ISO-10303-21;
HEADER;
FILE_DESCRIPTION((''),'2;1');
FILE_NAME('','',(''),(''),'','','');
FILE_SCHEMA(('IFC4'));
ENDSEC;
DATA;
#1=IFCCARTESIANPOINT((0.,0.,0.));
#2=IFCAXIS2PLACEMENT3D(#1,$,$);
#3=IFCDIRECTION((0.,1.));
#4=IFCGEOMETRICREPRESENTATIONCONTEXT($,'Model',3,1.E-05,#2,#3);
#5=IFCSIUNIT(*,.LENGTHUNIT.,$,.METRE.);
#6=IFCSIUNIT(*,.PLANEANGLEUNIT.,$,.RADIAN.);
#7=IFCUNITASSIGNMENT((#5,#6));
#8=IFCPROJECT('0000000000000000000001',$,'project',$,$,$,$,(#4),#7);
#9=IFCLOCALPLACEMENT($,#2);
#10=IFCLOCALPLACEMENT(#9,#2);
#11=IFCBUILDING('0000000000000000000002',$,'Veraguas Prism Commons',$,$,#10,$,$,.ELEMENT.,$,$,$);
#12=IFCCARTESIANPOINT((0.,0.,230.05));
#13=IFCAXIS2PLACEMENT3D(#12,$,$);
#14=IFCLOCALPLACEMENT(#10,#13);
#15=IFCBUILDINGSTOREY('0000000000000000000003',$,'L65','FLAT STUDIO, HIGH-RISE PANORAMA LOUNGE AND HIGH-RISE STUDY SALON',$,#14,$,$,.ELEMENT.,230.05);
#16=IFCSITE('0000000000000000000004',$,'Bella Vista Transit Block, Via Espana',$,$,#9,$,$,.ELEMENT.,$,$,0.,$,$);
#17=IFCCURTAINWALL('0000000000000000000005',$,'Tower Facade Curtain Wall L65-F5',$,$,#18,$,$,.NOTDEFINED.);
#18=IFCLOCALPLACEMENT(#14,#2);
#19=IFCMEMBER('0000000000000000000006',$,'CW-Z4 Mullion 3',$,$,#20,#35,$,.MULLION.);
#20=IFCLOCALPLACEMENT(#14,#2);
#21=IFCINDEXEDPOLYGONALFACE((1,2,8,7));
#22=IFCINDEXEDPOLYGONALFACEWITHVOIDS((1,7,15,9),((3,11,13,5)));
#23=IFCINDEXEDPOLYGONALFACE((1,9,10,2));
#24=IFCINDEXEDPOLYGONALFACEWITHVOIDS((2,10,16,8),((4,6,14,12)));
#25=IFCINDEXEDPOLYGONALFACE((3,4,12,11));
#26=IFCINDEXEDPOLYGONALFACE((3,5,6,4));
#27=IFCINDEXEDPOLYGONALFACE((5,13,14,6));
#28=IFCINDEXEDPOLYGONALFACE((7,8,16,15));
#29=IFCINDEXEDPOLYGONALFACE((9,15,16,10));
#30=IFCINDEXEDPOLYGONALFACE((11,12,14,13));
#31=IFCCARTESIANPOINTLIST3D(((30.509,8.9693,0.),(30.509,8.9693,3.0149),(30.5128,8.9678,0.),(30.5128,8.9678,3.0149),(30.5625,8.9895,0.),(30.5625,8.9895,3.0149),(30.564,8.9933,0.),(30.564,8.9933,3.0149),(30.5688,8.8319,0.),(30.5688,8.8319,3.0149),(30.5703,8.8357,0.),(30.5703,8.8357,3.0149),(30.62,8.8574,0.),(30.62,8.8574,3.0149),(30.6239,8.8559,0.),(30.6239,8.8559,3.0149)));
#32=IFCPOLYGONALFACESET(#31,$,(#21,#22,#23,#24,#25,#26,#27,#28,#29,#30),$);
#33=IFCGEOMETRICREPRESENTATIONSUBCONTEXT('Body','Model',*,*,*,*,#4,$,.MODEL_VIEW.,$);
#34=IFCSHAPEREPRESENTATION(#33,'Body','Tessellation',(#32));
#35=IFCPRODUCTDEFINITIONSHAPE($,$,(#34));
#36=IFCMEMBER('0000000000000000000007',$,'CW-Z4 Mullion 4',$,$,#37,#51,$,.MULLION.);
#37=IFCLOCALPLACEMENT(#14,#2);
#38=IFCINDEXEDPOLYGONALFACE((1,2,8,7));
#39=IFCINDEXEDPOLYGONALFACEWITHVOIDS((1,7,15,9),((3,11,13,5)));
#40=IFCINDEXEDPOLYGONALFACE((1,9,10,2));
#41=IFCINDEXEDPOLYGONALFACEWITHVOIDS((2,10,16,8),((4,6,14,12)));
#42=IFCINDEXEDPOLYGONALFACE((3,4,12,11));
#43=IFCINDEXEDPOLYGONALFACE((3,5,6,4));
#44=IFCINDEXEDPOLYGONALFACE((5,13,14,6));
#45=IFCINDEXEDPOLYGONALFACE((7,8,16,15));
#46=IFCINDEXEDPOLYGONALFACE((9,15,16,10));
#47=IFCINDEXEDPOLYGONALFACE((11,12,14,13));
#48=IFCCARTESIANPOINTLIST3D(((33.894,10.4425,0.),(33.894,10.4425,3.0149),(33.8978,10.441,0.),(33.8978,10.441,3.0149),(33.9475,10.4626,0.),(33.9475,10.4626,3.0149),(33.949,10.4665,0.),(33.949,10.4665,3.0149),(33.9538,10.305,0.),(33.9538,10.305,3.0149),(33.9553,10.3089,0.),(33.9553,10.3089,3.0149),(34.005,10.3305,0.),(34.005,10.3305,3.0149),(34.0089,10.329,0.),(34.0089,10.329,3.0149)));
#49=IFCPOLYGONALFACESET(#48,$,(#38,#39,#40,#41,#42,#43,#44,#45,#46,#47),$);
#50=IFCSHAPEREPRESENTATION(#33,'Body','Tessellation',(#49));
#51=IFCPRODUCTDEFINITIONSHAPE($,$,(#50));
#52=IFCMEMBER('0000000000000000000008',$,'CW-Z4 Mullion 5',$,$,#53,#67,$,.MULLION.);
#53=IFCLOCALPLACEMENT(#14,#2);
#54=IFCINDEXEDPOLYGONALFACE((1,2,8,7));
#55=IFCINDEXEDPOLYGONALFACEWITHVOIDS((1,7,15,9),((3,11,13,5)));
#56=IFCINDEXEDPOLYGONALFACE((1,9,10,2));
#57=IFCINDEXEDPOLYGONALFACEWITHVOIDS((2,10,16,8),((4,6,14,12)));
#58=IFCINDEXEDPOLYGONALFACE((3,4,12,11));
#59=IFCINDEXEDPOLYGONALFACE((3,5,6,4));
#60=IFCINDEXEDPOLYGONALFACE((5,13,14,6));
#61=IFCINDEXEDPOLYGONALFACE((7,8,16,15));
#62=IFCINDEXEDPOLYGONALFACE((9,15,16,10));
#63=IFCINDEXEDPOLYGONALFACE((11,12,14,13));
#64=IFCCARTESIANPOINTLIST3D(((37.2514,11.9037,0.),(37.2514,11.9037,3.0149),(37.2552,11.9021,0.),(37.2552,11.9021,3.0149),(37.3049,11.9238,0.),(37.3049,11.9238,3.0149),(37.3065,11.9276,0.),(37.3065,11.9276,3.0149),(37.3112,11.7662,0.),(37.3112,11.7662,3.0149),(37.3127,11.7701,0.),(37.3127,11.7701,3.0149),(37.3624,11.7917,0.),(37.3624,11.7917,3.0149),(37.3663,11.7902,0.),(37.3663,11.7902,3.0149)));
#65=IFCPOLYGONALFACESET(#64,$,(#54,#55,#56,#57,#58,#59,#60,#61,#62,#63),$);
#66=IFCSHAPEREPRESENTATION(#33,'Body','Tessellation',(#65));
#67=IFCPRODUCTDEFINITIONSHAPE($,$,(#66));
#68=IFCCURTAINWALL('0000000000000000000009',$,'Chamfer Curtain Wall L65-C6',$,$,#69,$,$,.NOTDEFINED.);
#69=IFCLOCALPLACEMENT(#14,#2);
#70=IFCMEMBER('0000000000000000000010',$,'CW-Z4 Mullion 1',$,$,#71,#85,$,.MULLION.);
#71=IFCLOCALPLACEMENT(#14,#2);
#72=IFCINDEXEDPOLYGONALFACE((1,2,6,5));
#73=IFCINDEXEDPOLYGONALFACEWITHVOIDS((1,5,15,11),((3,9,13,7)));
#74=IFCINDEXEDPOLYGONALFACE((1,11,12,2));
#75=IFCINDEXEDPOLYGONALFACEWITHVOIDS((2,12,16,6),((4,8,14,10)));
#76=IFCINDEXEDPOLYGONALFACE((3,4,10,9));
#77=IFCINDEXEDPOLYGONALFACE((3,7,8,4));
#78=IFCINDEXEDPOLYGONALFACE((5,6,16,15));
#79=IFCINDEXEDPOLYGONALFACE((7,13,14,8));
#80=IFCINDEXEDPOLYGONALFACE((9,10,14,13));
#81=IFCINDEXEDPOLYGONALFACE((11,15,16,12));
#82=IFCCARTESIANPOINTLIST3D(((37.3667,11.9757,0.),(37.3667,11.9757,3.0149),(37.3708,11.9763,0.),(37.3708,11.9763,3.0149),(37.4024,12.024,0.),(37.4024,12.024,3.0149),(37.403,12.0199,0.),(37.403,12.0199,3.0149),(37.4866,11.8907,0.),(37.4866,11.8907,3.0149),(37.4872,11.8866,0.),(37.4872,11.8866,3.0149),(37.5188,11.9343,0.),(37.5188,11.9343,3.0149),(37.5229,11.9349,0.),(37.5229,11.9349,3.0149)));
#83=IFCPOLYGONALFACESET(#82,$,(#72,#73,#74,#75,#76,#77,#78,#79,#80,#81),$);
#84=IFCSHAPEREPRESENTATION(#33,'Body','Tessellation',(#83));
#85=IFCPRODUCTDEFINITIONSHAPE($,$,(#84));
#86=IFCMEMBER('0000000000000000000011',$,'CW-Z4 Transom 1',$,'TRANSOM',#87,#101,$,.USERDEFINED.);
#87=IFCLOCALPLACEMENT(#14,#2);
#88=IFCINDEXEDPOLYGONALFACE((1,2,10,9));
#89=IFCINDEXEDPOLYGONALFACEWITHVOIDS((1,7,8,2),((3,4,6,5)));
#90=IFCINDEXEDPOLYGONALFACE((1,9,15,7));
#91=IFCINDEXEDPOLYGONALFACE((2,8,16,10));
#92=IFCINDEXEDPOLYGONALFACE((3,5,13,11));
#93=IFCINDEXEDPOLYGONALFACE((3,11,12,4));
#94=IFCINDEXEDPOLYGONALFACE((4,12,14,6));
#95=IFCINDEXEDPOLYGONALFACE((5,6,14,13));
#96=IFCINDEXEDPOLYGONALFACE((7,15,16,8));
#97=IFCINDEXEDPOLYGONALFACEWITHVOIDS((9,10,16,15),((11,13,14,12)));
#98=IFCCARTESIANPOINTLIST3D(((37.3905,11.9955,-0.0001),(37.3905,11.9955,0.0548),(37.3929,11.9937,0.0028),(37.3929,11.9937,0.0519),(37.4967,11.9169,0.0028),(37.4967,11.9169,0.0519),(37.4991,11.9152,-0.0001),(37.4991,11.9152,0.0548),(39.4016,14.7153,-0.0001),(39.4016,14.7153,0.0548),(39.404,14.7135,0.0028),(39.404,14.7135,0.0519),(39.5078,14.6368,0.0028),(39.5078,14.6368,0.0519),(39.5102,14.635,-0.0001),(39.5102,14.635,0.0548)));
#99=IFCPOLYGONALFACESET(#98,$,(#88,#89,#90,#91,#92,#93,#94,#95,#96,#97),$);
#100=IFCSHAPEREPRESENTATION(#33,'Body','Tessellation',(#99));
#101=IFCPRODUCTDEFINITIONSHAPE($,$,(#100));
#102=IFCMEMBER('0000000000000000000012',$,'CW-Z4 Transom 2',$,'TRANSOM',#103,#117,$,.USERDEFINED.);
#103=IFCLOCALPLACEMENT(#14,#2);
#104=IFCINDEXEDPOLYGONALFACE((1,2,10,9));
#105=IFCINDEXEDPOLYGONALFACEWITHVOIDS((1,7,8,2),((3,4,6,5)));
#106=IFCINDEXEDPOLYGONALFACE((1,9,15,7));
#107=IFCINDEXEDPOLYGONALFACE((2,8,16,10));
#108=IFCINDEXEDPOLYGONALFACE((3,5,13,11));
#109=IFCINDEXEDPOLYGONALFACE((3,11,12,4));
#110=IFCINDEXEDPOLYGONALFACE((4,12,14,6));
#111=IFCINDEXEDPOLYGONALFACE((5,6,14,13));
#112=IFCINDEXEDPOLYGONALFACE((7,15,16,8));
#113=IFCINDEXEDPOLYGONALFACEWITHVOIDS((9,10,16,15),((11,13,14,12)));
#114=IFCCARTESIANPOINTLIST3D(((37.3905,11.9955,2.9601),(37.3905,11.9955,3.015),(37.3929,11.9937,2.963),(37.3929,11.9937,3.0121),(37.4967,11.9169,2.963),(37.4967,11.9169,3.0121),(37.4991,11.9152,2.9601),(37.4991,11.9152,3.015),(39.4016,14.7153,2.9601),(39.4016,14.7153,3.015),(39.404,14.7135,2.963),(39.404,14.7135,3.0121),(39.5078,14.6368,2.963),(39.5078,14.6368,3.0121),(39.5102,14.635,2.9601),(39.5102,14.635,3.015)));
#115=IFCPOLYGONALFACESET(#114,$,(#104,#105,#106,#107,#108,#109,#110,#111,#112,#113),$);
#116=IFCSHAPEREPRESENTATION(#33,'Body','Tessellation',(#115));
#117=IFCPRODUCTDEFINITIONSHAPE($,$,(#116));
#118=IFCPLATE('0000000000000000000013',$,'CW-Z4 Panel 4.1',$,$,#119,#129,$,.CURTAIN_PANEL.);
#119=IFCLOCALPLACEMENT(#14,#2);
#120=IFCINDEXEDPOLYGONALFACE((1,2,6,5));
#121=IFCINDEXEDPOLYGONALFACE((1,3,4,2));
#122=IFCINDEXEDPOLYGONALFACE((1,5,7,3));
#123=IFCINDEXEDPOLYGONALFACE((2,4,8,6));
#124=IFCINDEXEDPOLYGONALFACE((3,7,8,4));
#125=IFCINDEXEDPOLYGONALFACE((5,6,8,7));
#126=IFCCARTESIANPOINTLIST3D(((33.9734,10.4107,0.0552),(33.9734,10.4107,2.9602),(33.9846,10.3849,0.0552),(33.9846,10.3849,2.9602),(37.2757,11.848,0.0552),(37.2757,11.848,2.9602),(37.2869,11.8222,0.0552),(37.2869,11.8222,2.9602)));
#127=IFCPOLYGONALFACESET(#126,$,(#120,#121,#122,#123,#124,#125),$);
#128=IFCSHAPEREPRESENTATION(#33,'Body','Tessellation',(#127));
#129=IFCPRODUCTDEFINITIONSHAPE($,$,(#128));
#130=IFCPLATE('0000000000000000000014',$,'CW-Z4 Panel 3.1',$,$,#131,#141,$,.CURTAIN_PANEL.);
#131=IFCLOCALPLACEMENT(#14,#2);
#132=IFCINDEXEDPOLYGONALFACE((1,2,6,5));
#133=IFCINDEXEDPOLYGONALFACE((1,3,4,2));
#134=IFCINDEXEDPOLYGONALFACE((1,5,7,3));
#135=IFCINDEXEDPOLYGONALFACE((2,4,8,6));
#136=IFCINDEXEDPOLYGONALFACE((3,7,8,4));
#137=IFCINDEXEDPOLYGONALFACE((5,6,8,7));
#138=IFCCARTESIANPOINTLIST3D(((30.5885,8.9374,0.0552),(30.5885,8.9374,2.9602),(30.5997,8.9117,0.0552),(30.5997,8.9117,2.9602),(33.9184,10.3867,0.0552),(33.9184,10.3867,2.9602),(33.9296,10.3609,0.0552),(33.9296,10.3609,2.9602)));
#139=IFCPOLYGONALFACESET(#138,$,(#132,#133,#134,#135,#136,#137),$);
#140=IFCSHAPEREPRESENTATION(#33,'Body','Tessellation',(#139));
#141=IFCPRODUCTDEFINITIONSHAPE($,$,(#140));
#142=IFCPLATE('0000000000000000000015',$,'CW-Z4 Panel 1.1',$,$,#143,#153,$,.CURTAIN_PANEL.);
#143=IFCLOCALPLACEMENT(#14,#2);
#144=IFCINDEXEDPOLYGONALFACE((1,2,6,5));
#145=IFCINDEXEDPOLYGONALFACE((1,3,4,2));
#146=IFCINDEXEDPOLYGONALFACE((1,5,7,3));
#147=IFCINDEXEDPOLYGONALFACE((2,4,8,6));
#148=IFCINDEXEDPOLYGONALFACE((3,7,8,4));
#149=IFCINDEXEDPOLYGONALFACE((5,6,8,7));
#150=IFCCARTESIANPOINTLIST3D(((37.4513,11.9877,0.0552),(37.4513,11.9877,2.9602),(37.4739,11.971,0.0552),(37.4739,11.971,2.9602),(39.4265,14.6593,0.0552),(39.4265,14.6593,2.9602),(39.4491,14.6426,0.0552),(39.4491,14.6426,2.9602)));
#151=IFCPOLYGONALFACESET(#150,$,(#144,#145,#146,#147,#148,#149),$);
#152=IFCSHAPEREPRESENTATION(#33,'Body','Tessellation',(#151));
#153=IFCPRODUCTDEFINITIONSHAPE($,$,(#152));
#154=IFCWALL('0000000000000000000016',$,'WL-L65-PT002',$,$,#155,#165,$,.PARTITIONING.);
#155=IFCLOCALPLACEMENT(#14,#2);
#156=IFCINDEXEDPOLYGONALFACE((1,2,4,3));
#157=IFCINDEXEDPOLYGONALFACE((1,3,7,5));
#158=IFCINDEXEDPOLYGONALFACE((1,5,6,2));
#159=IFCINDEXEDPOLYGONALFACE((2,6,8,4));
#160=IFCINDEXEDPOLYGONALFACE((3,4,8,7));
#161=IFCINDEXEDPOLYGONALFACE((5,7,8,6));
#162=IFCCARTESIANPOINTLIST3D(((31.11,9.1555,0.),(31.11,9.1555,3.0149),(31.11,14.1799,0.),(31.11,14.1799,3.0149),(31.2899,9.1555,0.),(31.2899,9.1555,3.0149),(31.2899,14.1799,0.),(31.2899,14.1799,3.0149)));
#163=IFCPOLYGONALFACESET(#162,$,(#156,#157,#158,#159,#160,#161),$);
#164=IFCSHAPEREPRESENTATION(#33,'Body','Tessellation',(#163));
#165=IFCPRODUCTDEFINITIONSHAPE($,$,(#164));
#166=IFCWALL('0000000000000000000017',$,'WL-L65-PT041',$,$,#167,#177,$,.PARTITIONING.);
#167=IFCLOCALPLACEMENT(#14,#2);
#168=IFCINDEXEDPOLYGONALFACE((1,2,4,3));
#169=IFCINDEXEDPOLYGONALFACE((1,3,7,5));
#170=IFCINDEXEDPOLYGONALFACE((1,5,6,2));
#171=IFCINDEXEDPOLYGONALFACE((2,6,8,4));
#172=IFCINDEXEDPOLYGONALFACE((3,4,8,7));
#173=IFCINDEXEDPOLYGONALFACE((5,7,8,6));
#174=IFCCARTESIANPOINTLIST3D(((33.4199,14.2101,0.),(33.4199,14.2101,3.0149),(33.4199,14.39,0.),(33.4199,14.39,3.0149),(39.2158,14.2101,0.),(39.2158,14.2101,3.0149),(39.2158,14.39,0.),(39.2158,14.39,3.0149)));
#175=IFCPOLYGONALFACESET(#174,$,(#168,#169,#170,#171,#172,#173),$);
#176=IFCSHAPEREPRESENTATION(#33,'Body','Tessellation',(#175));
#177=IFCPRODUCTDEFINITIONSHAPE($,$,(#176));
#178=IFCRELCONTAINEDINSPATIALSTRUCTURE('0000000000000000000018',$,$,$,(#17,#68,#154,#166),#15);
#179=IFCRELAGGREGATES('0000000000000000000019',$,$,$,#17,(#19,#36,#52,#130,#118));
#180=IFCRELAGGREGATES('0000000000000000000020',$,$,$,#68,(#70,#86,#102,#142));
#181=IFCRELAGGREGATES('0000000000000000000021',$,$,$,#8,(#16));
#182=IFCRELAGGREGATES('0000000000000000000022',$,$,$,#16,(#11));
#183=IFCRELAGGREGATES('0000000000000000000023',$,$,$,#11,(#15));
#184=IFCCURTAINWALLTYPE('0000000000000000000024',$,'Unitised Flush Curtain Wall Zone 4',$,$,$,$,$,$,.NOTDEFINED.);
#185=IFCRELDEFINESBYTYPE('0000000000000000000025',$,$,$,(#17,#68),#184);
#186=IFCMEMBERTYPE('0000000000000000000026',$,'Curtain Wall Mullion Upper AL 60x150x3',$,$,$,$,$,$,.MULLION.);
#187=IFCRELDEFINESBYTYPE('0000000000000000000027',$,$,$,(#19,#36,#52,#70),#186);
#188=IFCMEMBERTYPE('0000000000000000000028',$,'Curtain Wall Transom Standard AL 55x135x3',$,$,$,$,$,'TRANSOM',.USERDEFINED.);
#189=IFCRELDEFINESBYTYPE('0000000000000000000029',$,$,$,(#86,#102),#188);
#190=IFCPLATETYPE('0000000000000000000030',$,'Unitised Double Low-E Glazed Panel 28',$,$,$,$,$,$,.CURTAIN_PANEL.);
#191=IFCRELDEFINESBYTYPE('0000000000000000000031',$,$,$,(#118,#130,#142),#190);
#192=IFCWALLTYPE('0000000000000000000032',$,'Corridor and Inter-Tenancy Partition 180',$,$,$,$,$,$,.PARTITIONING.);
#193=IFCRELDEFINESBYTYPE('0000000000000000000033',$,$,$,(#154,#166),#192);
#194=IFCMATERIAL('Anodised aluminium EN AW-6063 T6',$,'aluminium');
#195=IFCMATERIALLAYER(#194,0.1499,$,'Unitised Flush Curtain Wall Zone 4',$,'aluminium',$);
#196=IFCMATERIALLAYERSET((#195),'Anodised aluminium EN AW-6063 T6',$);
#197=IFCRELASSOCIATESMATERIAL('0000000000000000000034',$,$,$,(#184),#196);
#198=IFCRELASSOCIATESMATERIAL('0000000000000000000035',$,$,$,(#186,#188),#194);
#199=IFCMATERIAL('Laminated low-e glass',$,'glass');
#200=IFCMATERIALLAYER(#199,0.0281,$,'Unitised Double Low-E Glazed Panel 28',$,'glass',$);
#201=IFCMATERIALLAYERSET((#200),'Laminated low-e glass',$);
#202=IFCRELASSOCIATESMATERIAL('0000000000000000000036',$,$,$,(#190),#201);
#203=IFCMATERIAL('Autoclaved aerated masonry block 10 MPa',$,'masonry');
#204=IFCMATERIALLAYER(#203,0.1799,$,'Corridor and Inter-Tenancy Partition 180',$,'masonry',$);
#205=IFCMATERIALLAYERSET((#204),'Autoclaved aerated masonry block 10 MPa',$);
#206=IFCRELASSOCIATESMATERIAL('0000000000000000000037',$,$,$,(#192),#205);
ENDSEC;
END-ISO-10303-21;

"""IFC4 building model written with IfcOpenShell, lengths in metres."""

from ifc_helpers import new_model, si_unit, direction, frame, frame_2d, origin, origin_2d, place, context, subcontext, project, spatial, rectangle, hollow_rectangle, extrude, source, transform, mapped, material, layer, layer_set, material_profile, profile_set, type_object, element, aggregate, save


model = new_model("IFC4")

# Units and contexts
model_context = context("Model", 3, precision=1e-05, world=origin(), true_north=direction((0.0, 1.0)))
body_context = subcontext(model_context, "Body", "Model", "MODEL_VIEW")
ifc_project = project(units=[si_unit("LENGTHUNIT", "METRE"), si_unit("PLANEANGLEUNIT", "RADIAN")], contexts=[model_context])

# Site, building, storey
site_placement = place(None, origin())
site = spatial("IfcSite", under=ifc_project, at=site_placement, Name="Bella Vista Transit Block, Via Espana", CompositionType="ELEMENT", RefElevation=0.0)
building_placement = place(site_placement, origin())
building = spatial("IfcBuilding", under=site, at=building_placement, Name="Veraguas Prism Commons", CompositionType="ELEMENT")
storey_placement = place(building_placement, frame((0.0, 0.0, 230.05)))
storey = spatial("IfcBuildingStorey", under=building, at=storey_placement, Name="L65", Description="FLAT STUDIO, HIGH-RISE PANORAMA LOUNGE AND HIGH-RISE STUDY SALON", CompositionType="ELEMENT", Elevation=230.05)

# Curtain walls, members
ifc_material_1 = material(Name="Anodised aluminium EN AW-6063 T6", Category="aluminium")
ifc_layer_1 = layer(ifc_material_1, 0.1499, Name="Unitised Flush Curtain Wall Zone 4", Category="aluminium")
ifc_layer_set_1 = layer_set([ifc_layer_1], Name="Anodised aluminium EN AW-6063 T6")
curtain_wall_type = type_object("IfcCurtainWallType", Name="Unitised Flush Curtain Wall Zone 4", PredefinedType="NOTDEFINED", material=ifc_layer_set_1)
curtain_wall_1_placement = place(storey_placement, origin())
curtain_wall_1 = element("IfcCurtainWall", 1, at=curtain_wall_1_placement, inside=storey, type_object=curtain_wall_type, Name="Tower Facade Curtain Wall L65-F5", PredefinedType="NOTDEFINED")
ifc_material_profile_1 = material_profile(ifc_material_1, hollow_rectangle(XDim=0.0601, YDim=0.1499, WallThickness=0.0029, at=origin_2d()), Name="AL60X150X3")
ifc_profile_set_1 = profile_set([ifc_material_profile_1], Name="Anodised aluminium EN AW-6063 T6")
member_type_1 = type_object("IfcMemberType", Name="Curtain Wall Mullion Upper AL 60x150x3", PredefinedType="MULLION", material=ifc_profile_set_1)
shared_shape_1 = source(origin(), body_context, "Body", "SweptSolid", [
    extrude(hollow_rectangle(XDim=0.0601, YDim=0.1499, WallThickness=0.0029, at=origin_2d()), origin(), (0.0, 0.0, 1.0), 3.0149),
])
member_1_placement = place(storey_placement, frame((30.5664, 8.9126, 0.0), z_axis=(0.0, 0.0, 1.0), x_axis=(0.916919, 0.399074, 0.0)))
member_1 = element("IfcMember", 2, at=member_1_placement, type_object=member_type_1, Name="CW-Z4 Mullion 3", PredefinedType="MULLION", context=body_context, shape_type="MappedRepresentation", body=[
    mapped(shared_shape_1, transform((0.0, 0.0, 0.0), scale=1.0)),
])
member_2_placement = place(storey_placement, frame((33.9514, 10.3857, 0.0), z_axis=(0.0, 0.0, 1.0), x_axis=(0.916919, 0.399074, 0.0)))
member_2 = element("IfcMember", 3, at=member_2_placement, type_object=member_type_1, Name="CW-Z4 Mullion 4", PredefinedType="MULLION", context=body_context, shape_type="MappedRepresentation", body=[
    mapped(shared_shape_1, transform((0.0, 0.0, 0.0), scale=1.0)),
])
member_3_placement = place(storey_placement, frame((37.3088, 11.8469, 0.0), z_axis=(0.0, 0.0, 1.0), x_axis=(0.916919, 0.399074, 0.0)))
member_3 = element("IfcMember", 4, at=member_3_placement, type_object=member_type_1, Name="CW-Z4 Mullion 5", PredefinedType="MULLION", context=body_context, shape_type="MappedRepresentation", body=[
    mapped(shared_shape_1, transform((0.0, 0.0, 0.0), scale=1.0)),
])
curtain_wall_2_placement = place(storey_placement, origin())
curtain_wall_2 = element("IfcCurtainWall", 5, at=curtain_wall_2_placement, inside=storey, type_object=curtain_wall_type, Name="Chamfer Curtain Wall L65-C6", PredefinedType="NOTDEFINED")
member_4_placement = place(storey_placement, frame((37.4448, 11.9553, 0.0), z_axis=(0.0, 0.0, 1.0), x_axis=(0.594506, 0.804091, 0.0)))
member_4 = element("IfcMember", 6, at=member_4_placement, type_object=member_type_1, Name="CW-Z4 Mullion 1", PredefinedType="MULLION", context=body_context, shape_type="MappedRepresentation", body=[
    mapped(shared_shape_1, transform((0.0, 0.0, 0.0), scale=1.0)),
])
ifc_material_profile_2 = material_profile(ifc_material_1, hollow_rectangle(XDim=0.0549, YDim=0.135, WallThickness=0.0029, at=origin_2d()), Name="AL55X135X3")
ifc_profile_set_2 = profile_set([ifc_material_profile_2], Name="Anodised aluminium EN AW-6063 T6")
member_type_2 = type_object("IfcMemberType", Name="Curtain Wall Transom Standard AL 55x135x3", ElementType="TRANSOM", PredefinedType="USERDEFINED", material=ifc_profile_set_2)
shared_shape_2 = source(origin(), body_context, "Body", "SweptSolid", [
    extrude(hollow_rectangle(XDim=0.0549, YDim=0.135, WallThickness=0.0029, at=origin_2d()), origin(), (0.0, 0.0, 1.0), 3.3826),
])
member_5_placement = place(storey_placement, frame((37.4448, 11.9553, 0.0273), z_axis=(0.594535, 0.80407, 0.0), x_axis=(0.0, 0.0, 1.0)))
member_5 = element("IfcMember", 7, at=member_5_placement, type_object=member_type_2, Name="CW-Z4 Transom 1", ObjectType="TRANSOM", PredefinedType="USERDEFINED", context=body_context, shape_type="MappedRepresentation", body=[
    mapped(shared_shape_2, transform((0.0, 0.0, 0.0), scale=1.0)),
])
member_6_placement = place(storey_placement, frame((37.4448, 11.9553, 2.9875), z_axis=(0.594535, 0.80407, 0.0), x_axis=(0.0, 0.0, 1.0)))
member_6 = element("IfcMember", 8, at=member_6_placement, type_object=member_type_2, Name="CW-Z4 Transom 2", ObjectType="TRANSOM", PredefinedType="USERDEFINED", context=body_context, shape_type="MappedRepresentation", body=[
    mapped(shared_shape_2, transform((0.0, 0.0, 0.0), scale=1.0)),
])

# Plates
ifc_material_2 = material(Name="Laminated low-e glass", Category="glass")
ifc_layer_2 = layer(ifc_material_2, 0.0281, Name="Unitised Double Low-E Glazed Panel 28", Category="glass")
ifc_layer_set_2 = layer_set([ifc_layer_2], Name="Laminated low-e glass")
plate_type = type_object("IfcPlateType", Name="Unitised Double Low-E Glazed Panel 28", PredefinedType="CURTAIN_PANEL", material=ifc_layer_set_2)
shared_shape_3 = source(origin(), body_context, "Body", "SweptSolid", [
    extrude(rectangle(XDim=3.6016, YDim=0.0281, at=origin_2d()), origin(), (0.0, 0.0, 1.0), 2.905),
])
plate_1_placement = place(storey_placement, frame((35.6301, 11.1165, 0.0552), z_axis=(0.0, 0.0, 1.0), x_axis=(0.916919, 0.399074, 0.0)))
plate_1 = element("IfcPlate", 9, at=plate_1_placement, type_object=plate_type, Name="CW-Z4 Panel 4.1", PredefinedType="CURTAIN_PANEL", context=body_context, shape_type="MappedRepresentation", body=[
    mapped(shared_shape_3, transform((0.0, 0.0, 0.0), scale=1.0)),
])
shared_shape_4 = source(origin(), body_context, "Body", "SweptSolid", [
    extrude(rectangle(XDim=3.6316, YDim=0.0281, at=origin_2d()), origin(), (0.0, 0.0, 1.0), 2.905),
])
plate_2_placement = place(storey_placement, frame((32.259, 9.6492, 0.0552), z_axis=(0.0, 0.0, 1.0), x_axis=(0.916919, 0.399074, 0.0)))
plate_2 = element("IfcPlate", 10, at=plate_2_placement, type_object=plate_type, Name="CW-Z4 Panel 3.1", PredefinedType="CURTAIN_PANEL", context=body_context, shape_type="MappedRepresentation", body=[
    mapped(shared_shape_4, transform((0.0, 0.0, 0.0), scale=1.0)),
])
aggregate(curtain_wall_1, [member_1, member_2, member_3, plate_2, plate_1])
shared_shape_5 = source(origin(), body_context, "Body", "SweptSolid", [
    extrude(rectangle(XDim=3.3225, YDim=0.0281, at=origin_2d()), origin(), (0.0, 0.0, 1.0), 2.905),
])
plate_3_placement = place(storey_placement, frame((38.4502, 13.3152, 0.0552), z_axis=(0.0, 0.0, 1.0), x_axis=(0.594506, 0.804091, 0.0)))
plate_3 = element("IfcPlate", 11, at=plate_3_placement, type_object=plate_type, Name="CW-Z4 Panel 1.1", PredefinedType="CURTAIN_PANEL", context=body_context, shape_type="MappedRepresentation", body=[
    mapped(shared_shape_5, transform((0.0, 0.0, 0.0), scale=1.0)),
])
aggregate(curtain_wall_2, [member_4, member_5, member_6, plate_3])

# Walls
ifc_material_3 = material(Name="Autoclaved aerated masonry block 10 MPa", Category="masonry")
ifc_layer_3 = layer(ifc_material_3, 0.1799, Name="Corridor and Inter-Tenancy Partition 180", Category="masonry")
ifc_layer_set_3 = layer_set([ifc_layer_3], Name="Autoclaved aerated masonry block 10 MPa")
wall_type_1 = type_object("IfcWallType", Name="Corridor and Inter-Tenancy Partition 180", PredefinedType="PARTITIONING", material=ifc_layer_set_3)
wall_1_placement = place(storey_placement, frame((31.2, 14.1799, 0.0), z_axis=(0.0, 0.0, 1.0), x_axis=(0.0, -1.0, 0.0)))
element("IfcWall", 12, at=wall_1_placement, inside=storey, type_object=wall_type_1, Name="WL-L65-PT002", PredefinedType="PARTITIONING", context=body_context, shape_type="SweptSolid", body=[
    extrude(rectangle(XDim=5.0244, YDim=0.1799, at=frame_2d((2.5122, 0.0))), origin(), (0.0, 0.0, 1.0), 3.0149),
])
wall_2_placement = place(storey_placement, frame((33.4199, 14.3, 0.0), z_axis=(0.0, 0.0, 1.0), x_axis=(1.0, 0.0, 0.0)))
element("IfcWall", 13, at=wall_2_placement, inside=storey, type_object=wall_type_1, Name="WL-L65-PT041", PredefinedType="PARTITIONING", context=body_context, shape_type="SweptSolid", body=[
    extrude(rectangle(XDim=5.7959, YDim=0.1799, at=frame_2d((2.8979, 0.0))), origin(), (0.0, 0.0, 1.0), 3.0149),
])

save(model, "model.ifc")
